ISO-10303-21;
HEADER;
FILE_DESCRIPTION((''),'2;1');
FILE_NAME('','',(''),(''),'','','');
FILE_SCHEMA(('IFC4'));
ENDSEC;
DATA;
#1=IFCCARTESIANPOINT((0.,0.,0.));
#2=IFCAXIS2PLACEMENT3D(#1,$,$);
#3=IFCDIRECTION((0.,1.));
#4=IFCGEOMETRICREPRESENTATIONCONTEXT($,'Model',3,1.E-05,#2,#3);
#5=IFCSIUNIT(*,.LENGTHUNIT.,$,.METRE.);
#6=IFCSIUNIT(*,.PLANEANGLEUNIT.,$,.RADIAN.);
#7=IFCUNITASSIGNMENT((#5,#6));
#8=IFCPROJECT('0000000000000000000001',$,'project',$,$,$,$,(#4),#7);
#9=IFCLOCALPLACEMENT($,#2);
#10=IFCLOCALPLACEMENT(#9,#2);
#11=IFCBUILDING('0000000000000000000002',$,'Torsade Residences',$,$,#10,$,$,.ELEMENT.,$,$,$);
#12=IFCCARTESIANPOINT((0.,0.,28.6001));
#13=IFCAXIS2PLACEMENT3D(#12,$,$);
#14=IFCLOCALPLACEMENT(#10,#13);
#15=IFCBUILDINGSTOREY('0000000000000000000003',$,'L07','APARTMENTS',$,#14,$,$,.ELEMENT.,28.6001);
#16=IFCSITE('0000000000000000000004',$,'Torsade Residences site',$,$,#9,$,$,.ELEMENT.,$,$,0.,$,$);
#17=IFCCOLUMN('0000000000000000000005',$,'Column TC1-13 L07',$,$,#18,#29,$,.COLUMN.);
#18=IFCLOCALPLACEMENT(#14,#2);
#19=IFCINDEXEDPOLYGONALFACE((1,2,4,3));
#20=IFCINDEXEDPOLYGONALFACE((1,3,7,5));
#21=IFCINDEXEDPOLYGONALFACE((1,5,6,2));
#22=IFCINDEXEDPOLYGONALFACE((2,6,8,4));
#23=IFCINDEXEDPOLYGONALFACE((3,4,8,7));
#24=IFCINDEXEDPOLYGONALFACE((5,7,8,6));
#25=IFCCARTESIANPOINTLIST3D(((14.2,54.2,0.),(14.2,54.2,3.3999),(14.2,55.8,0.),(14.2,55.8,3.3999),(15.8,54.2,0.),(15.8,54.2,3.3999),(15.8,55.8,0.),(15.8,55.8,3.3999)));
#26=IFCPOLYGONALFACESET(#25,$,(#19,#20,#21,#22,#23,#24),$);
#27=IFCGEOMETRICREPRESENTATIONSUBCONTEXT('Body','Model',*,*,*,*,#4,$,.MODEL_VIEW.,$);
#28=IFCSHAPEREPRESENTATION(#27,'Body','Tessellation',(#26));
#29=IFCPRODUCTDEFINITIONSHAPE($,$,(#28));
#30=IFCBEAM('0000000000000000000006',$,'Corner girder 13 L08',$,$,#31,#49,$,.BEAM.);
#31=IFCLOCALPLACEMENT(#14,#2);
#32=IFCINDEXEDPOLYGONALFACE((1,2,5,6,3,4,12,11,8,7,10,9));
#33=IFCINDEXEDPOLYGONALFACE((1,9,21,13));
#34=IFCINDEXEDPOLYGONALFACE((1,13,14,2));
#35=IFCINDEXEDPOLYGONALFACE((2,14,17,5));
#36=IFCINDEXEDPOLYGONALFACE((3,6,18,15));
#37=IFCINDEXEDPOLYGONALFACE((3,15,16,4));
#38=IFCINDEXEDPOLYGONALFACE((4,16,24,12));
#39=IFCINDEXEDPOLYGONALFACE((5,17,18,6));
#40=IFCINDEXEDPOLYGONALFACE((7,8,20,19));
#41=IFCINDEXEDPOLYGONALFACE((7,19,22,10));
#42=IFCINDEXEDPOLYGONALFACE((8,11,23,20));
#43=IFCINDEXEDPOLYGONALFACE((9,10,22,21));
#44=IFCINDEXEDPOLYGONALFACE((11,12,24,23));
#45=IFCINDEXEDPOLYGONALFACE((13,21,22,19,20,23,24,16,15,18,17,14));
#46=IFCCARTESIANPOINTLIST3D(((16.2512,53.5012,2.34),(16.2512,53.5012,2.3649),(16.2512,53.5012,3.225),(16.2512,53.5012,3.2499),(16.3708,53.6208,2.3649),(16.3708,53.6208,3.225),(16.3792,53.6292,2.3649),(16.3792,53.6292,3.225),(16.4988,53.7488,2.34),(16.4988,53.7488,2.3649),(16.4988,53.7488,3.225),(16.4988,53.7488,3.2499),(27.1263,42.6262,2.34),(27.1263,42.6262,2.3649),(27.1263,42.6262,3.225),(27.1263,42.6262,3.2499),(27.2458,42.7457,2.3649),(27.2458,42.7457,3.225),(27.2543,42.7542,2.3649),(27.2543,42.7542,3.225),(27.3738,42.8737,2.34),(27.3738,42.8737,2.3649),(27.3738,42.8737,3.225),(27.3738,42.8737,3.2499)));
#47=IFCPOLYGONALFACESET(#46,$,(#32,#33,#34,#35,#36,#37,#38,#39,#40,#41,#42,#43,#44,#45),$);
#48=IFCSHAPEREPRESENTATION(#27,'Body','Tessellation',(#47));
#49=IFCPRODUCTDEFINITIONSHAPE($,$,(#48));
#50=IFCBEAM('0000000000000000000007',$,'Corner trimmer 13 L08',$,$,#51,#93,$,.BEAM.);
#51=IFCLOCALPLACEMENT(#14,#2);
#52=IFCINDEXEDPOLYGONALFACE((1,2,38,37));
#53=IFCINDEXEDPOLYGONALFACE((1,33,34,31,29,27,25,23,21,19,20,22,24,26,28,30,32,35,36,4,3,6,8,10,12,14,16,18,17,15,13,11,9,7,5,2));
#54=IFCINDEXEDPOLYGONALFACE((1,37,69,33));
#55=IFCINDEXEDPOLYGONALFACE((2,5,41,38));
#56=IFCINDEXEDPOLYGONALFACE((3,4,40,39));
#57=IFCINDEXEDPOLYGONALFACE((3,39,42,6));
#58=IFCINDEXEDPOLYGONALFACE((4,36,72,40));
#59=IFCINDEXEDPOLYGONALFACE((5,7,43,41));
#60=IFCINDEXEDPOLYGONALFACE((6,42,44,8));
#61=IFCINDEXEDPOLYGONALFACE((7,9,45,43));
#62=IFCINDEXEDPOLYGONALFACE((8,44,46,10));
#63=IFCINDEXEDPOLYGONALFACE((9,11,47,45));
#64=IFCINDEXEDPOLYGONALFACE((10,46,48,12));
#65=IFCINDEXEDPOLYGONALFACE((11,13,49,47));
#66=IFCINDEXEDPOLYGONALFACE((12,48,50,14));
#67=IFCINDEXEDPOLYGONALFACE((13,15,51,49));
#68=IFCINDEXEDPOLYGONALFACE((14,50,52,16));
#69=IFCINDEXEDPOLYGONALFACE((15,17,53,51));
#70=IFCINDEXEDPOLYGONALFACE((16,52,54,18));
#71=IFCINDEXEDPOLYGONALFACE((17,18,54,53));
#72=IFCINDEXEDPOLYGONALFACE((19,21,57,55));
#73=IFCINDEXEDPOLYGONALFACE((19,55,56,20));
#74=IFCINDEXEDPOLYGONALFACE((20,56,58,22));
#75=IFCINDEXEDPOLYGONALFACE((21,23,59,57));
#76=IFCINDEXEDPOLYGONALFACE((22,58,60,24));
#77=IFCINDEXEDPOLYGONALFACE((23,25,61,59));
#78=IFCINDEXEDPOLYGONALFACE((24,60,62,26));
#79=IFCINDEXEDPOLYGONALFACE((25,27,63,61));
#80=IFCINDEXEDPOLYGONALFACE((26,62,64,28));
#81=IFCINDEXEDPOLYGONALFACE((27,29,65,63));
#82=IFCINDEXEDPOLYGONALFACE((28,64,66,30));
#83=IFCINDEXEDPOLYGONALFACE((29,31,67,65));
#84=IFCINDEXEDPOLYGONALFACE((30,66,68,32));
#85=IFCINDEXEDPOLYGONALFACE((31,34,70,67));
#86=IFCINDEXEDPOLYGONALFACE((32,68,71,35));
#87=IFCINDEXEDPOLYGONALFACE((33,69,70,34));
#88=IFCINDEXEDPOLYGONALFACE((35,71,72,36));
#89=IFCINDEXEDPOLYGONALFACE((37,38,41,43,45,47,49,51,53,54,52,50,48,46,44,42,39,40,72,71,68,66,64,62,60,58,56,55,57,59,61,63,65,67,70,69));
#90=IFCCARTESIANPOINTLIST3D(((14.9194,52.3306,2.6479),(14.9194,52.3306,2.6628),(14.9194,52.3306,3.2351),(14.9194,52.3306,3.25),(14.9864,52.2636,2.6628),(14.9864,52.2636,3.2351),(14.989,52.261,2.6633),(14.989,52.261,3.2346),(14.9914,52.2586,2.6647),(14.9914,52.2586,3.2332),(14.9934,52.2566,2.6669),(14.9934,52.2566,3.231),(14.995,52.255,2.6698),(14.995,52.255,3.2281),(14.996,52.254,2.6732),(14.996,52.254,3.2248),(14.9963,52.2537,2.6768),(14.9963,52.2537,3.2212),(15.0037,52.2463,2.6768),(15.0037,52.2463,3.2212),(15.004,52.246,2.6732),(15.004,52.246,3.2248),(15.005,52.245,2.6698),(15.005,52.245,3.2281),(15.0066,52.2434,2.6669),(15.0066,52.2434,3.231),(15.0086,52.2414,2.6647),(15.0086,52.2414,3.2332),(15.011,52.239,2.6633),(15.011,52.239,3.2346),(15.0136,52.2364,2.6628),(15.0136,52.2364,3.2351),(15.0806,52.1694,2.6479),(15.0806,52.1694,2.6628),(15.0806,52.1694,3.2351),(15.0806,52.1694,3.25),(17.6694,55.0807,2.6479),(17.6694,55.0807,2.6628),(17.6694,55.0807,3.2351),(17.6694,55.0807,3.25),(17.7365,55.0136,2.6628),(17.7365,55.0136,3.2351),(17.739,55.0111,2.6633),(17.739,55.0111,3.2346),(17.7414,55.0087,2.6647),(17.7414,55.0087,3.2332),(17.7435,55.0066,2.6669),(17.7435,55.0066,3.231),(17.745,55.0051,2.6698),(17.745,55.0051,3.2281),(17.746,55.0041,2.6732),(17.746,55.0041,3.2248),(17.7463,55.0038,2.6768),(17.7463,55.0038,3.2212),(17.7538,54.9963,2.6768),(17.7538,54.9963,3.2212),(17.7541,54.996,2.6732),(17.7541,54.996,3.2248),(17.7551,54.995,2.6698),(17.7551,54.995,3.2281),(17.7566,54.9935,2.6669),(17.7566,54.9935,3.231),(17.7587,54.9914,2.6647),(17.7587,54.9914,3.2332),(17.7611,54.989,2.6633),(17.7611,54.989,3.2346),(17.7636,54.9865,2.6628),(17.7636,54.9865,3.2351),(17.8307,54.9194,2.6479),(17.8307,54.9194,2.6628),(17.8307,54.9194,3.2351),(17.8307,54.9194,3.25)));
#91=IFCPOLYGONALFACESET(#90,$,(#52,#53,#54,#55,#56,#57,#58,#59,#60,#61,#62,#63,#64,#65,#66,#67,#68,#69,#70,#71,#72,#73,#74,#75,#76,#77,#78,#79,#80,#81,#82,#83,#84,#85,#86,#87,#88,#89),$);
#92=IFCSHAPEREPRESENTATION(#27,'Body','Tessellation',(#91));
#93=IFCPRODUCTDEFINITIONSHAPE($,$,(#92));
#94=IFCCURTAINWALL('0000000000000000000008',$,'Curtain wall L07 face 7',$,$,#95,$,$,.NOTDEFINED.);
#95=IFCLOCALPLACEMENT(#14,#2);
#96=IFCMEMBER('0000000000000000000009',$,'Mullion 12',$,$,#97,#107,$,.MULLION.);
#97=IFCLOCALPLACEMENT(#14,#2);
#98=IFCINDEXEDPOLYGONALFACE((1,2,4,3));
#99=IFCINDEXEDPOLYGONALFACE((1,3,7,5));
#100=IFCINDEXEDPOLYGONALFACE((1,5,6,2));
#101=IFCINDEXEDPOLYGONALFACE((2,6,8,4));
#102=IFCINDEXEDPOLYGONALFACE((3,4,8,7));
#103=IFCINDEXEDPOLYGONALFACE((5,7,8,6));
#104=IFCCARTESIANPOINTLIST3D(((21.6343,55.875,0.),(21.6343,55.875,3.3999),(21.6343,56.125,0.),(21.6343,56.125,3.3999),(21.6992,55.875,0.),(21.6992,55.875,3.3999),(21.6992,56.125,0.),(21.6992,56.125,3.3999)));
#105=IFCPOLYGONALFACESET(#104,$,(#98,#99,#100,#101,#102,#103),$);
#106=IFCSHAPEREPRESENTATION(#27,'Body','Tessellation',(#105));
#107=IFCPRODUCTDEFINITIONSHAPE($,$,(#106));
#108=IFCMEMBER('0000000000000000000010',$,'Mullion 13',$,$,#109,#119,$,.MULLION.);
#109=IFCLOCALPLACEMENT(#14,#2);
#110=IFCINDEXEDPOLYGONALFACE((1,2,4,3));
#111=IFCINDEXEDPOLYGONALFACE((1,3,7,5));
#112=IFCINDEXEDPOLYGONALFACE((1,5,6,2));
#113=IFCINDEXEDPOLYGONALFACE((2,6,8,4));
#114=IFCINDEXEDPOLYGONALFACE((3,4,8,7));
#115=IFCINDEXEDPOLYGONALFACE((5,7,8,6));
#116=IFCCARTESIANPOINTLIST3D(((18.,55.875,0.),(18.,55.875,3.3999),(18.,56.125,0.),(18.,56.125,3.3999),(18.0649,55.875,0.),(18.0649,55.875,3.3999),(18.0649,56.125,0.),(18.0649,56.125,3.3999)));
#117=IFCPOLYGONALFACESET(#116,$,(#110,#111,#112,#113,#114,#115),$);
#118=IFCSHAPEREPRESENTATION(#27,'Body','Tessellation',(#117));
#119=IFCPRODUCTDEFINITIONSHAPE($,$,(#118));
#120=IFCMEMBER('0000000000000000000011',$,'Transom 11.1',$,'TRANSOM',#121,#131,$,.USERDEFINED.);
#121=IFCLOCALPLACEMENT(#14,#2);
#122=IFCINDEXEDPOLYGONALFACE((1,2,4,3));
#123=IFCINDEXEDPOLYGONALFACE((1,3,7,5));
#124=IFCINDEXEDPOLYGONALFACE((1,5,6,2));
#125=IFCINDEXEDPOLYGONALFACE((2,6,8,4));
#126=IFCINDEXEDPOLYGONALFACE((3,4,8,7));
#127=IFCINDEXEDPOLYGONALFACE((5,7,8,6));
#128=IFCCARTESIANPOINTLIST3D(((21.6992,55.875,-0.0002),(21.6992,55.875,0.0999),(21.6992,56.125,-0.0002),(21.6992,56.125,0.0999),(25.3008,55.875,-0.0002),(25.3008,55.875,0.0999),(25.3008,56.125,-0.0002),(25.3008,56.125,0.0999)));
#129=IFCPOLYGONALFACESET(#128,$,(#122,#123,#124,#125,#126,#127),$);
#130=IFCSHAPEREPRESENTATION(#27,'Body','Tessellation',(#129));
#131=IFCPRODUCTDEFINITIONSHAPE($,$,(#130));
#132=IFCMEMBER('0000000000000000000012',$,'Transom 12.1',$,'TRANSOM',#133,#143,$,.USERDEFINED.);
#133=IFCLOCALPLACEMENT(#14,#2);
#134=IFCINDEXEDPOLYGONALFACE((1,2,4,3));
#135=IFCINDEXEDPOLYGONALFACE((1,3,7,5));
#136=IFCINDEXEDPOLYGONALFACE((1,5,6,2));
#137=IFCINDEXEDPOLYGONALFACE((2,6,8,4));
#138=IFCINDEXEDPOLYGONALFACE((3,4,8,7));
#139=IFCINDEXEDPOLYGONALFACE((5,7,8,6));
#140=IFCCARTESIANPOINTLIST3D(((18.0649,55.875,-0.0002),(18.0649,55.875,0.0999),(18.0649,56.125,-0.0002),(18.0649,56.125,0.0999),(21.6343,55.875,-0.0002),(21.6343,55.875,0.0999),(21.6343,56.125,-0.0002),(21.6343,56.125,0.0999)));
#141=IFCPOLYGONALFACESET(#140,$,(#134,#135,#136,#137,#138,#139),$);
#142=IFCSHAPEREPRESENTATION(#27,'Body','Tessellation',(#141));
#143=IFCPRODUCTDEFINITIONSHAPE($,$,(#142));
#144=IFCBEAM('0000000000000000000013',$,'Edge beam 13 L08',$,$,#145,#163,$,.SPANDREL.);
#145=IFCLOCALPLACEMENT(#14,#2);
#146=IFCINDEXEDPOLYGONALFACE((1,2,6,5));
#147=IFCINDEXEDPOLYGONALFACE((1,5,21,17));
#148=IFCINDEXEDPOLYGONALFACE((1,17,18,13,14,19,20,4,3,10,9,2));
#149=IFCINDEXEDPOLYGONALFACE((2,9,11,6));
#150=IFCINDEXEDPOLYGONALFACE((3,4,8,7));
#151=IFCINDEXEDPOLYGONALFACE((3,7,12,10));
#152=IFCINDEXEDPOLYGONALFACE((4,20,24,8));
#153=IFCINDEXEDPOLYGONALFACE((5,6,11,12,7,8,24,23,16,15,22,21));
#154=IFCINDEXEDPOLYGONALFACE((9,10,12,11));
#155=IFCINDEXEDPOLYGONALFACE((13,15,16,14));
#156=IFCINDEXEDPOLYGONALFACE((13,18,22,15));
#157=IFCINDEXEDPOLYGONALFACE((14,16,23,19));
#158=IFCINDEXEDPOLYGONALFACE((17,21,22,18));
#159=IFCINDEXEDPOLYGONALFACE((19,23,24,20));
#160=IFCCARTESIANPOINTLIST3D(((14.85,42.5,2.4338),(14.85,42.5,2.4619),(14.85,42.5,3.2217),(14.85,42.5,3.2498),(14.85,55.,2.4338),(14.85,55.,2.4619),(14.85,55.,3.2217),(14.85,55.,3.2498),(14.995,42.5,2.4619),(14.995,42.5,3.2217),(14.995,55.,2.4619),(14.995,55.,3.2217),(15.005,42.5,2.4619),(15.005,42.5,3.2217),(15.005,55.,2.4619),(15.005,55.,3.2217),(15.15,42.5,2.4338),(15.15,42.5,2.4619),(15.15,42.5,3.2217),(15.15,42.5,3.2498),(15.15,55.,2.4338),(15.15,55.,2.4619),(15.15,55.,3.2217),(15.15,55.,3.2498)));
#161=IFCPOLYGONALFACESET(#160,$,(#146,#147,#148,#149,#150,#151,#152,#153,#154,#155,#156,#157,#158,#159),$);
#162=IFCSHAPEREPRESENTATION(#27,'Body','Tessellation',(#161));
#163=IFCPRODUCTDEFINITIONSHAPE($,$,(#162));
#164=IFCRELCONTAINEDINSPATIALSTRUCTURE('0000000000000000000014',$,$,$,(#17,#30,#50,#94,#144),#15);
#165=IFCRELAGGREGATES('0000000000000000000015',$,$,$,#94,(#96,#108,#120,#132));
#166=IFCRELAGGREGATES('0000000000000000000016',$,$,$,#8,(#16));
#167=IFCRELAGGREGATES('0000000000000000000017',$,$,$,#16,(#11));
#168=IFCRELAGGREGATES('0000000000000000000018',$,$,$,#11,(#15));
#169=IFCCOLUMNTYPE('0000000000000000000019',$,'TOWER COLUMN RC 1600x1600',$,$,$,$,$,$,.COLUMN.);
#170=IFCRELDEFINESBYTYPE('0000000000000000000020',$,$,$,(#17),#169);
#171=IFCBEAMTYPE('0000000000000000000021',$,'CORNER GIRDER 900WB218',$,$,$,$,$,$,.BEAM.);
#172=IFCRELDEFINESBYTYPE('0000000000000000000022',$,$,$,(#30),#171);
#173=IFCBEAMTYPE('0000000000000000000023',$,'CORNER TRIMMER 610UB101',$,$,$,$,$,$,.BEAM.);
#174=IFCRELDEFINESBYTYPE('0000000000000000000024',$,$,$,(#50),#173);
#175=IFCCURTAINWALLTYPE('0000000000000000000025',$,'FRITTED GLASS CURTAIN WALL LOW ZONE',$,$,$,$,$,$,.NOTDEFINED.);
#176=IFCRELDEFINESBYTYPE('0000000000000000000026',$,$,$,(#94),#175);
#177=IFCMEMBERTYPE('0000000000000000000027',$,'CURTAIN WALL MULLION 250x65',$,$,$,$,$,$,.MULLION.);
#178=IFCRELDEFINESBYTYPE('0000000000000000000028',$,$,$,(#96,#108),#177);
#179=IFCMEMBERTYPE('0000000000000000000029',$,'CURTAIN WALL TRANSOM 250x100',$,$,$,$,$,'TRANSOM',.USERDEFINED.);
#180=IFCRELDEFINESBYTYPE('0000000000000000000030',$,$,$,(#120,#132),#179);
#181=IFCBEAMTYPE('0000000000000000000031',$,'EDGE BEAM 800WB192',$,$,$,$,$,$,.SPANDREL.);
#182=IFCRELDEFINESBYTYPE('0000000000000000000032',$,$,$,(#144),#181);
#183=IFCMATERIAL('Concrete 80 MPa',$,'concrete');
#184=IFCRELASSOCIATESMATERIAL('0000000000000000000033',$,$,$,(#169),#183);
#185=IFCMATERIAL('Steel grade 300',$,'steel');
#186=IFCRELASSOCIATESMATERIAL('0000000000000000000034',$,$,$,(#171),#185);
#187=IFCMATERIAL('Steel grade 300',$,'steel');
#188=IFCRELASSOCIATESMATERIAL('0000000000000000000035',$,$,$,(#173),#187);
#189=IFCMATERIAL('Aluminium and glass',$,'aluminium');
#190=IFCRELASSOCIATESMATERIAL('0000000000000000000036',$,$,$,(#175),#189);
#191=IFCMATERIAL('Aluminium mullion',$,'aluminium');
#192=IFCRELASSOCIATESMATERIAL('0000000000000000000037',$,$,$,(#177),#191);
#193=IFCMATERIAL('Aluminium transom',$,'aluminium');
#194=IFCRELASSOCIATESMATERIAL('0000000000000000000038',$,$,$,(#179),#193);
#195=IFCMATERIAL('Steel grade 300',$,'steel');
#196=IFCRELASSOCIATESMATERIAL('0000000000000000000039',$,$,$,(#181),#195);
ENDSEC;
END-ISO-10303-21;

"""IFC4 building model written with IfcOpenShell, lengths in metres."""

from ifc_helpers import new_model, si_unit, direction, frame, origin, origin_2d, place, context, subcontext, project, spatial, rectangle, i_section, extrude, material, material_profile, profile_set, type_object, element, aggregate, save


model = new_model("IFC4")

# Units and contexts
model_context = context("Model", 3, precision=1e-05, world=origin(), true_north=direction((0.0, 1.0)))
body_context = subcontext(model_context, "Body", "Model", "MODEL_VIEW")
ifc_project = project(units=[si_unit("LENGTHUNIT", "METRE"), si_unit("PLANEANGLEUNIT", "RADIAN")], contexts=[model_context])

# Site, building, storey
site_placement = place(None, origin())
site = spatial("IfcSite", under=ifc_project, at=site_placement, Name="Torsade Residences site", CompositionType="ELEMENT", RefElevation=0.0)
building_placement = place(site_placement, origin())
building = spatial("IfcBuilding", under=site, at=building_placement, Name="Torsade Residences", CompositionType="ELEMENT")
storey_placement = place(building_placement, frame((0.0, 0.0, 28.6001)))
storey = spatial("IfcBuildingStorey", under=building, at=storey_placement, Name="L07", Description="APARTMENTS", CompositionType="ELEMENT", Elevation=28.6001)

# Column
ifc_material_1 = material(Name="Concrete 80 MPa", Category="concrete")
ifc_material_profile_1 = material_profile(ifc_material_1, rectangle(XDim=1.6001, YDim=1.6001, at=origin_2d()), Name="RC 1600x1600")
ifc_profile_set_1 = profile_set([ifc_material_profile_1], Name="Concrete 80 MPa")
column_type = type_object("IfcColumnType", Name="TOWER COLUMN RC 1600x1600", PredefinedType="COLUMN", material=ifc_profile_set_1)
column_placement = place(storey_placement, frame((15.0, 55.0, 0.0), z_axis=(0.0, 0.0, 1.0), x_axis=(1.0, 0.0, 0.0)))
element("IfcColumn", 1, at=column_placement, inside=storey, type_object=column_type, Name="Column TC1-13 L07", PredefinedType="COLUMN", context=body_context, shape_type="SweptSolid", body=[
    extrude(rectangle(XDim=1.6001, YDim=1.6001, at=origin_2d()), origin(), (0.0, 0.0, 1.0), 3.3999),
])

# Beams
ifc_material_2 = material(Name="Steel grade 300", Category="steel")
ifc_material_profile_2 = material_profile(ifc_material_2, i_section(OverallWidth=0.3501, OverallDepth=0.9099, WebThickness=0.012, FlangeThickness=0.0249, at=origin_2d()), Name="900WB218")
ifc_profile_set_2 = profile_set([ifc_material_profile_2], Name="Steel grade 300")
beam_type_1 = type_object("IfcBeamType", Name="CORNER GIRDER 900WB218", PredefinedType="BEAM", material=ifc_profile_set_2)
beam_1_placement = place(storey_placement, frame((16.375, 53.625, 2.7949), z_axis=(0.707107, -0.707107, 0.0), x_axis=(0.707107, 0.707107, 0.0)))
element("IfcBeam", 2, at=beam_1_placement, inside=storey, type_object=beam_type_1, Name="Corner girder 13 L08", PredefinedType="BEAM", context=body_context, shape_type="SweptSolid", body=[
    extrude(i_section(OverallWidth=0.3501, OverallDepth=0.9099, WebThickness=0.012, FlangeThickness=0.0249, at=origin_2d()), origin(), (0.0, 0.0, 1.0), 15.3796),
])
ifc_material_3 = material(Name="Steel grade 300", Category="steel")
ifc_material_profile_3 = material_profile(ifc_material_3, i_section(OverallWidth=0.228, OverallDepth=0.6021, WebThickness=0.0105, FlangeThickness=0.0149, FilletRadius=0.0139, at=origin_2d()), Name="610UB101")
ifc_profile_set_3 = profile_set([ifc_material_profile_3], Name="Steel grade 300")
beam_type_2 = type_object("IfcBeamType", Name="CORNER TRIMMER 610UB101", PredefinedType="BEAM", material=ifc_profile_set_3)
beam_2_placement = place(storey_placement, frame((15.0, 52.25, 2.949), z_axis=(0.707107, 0.707107, 0.0), x_axis=(-0.707107, 0.707107, 0.0)))
element("IfcBeam", 3, at=beam_2_placement, inside=storey, type_object=beam_type_2, Name="Corner trimmer 13 L08", PredefinedType="BEAM", context=body_context, shape_type="SweptSolid", body=[
    extrude(i_section(OverallWidth=0.228, OverallDepth=0.6021, WebThickness=0.0105, FlangeThickness=0.0149, FilletRadius=0.0139, at=origin_2d()), origin(), (0.0, 0.0, 1.0), 3.8892),
])

# Curtain wall, members
ifc_material_4 = material(Name="Aluminium and glass", Category="aluminium")
curtain_wall_type = type_object("IfcCurtainWallType", Name="FRITTED GLASS CURTAIN WALL LOW ZONE", PredefinedType="NOTDEFINED", material=ifc_material_4)
curtain_wall_placement = place(storey_placement, origin())
curtain_wall = element("IfcCurtainWall", 4, at=curtain_wall_placement, inside=storey, type_object=curtain_wall_type, Name="Curtain wall L07 face 7", PredefinedType="NOTDEFINED")
ifc_material_5 = material(Name="Aluminium mullion", Category="aluminium")
ifc_material_profile_4 = material_profile(ifc_material_5, rectangle(XDim=0.25, YDim=0.0649, at=origin_2d()), Name="CURTAIN WALL MULLION 250x65")
ifc_profile_set_4 = profile_set([ifc_material_profile_4], Name="Aluminium mullion")
member_type_1 = type_object("IfcMemberType", Name="CURTAIN WALL MULLION 250x65", PredefinedType="MULLION", material=ifc_profile_set_4)
member_1_placement = place(storey_placement, frame((21.6667, 56.0, 0.0), z_axis=(0.0, 0.0, 1.0), x_axis=(0.0, -1.0, 0.0)))
member_1 = element("IfcMember", 5, at=member_1_placement, type_object=member_type_1, Name="Mullion 12", PredefinedType="MULLION", context=body_context, shape_type="SweptSolid", body=[
    extrude(rectangle(XDim=0.25, YDim=0.0649, at=origin_2d()), origin(), (0.0, 0.0, 1.0), 3.3999),
])
member_2_placement = place(storey_placement, frame((18.0325, 56.0, 0.0), z_axis=(0.0, 0.0, 1.0), x_axis=(0.0, -1.0, 0.0)))
member_2 = element("IfcMember", 6, at=member_2_placement, type_object=member_type_1, Name="Mullion 13", PredefinedType="MULLION", context=body_context, shape_type="SweptSolid", body=[
    extrude(rectangle(XDim=0.25, YDim=0.0649, at=origin_2d()), origin(), (0.0, 0.0, 1.0), 3.3999),
])
ifc_material_6 = material(Name="Aluminium transom", Category="aluminium")
ifc_material_profile_5 = material_profile(ifc_material_6, rectangle(XDim=0.25, YDim=0.1001, at=origin_2d()), Name="CURTAIN WALL TRANSOM 250x100")
ifc_profile_set_5 = profile_set([ifc_material_profile_5], Name="Aluminium transom")
member_type_2 = type_object("IfcMemberType", Name="CURTAIN WALL TRANSOM 250x100", ElementType="TRANSOM", PredefinedType="USERDEFINED", material=ifc_profile_set_5)
member_3_placement = place(storey_placement, frame((25.3008, 56.0, 0.0498), z_axis=(-1.0, 0.0, 0.0), x_axis=(0.0, -1.0, 0.0)))
member_3 = element("IfcMember", 7, at=member_3_placement, type_object=member_type_2, Name="Transom 11.1", ObjectType="TRANSOM", PredefinedType="USERDEFINED", context=body_context, shape_type="SweptSolid", body=[
    extrude(rectangle(XDim=0.25, YDim=0.1001, at=origin_2d()), origin(), (0.0, 0.0, 1.0), 3.6016),
])
member_4_placement = place(storey_placement, frame((21.6343, 56.0, 0.0498), z_axis=(-1.0, 0.0, 0.0), x_axis=(0.0, -1.0, 0.0)))
member_4 = element("IfcMember", 8, at=member_4_placement, type_object=member_type_2, Name="Transom 12.1", ObjectType="TRANSOM", PredefinedType="USERDEFINED", context=body_context, shape_type="SweptSolid", body=[
    extrude(rectangle(XDim=0.25, YDim=0.1001, at=origin_2d()), origin(), (0.0, 0.0, 1.0), 3.5693),
])

# Beam
ifc_material_7 = material(Name="Steel grade 300", Category="steel")
ifc_material_profile_6 = material_profile(ifc_material_7, i_section(OverallWidth=0.3, OverallDepth=0.8159, WebThickness=0.01, FlangeThickness=0.0281, at=origin_2d()), Name="800WB192")
ifc_profile_set_6 = profile_set([ifc_material_profile_6], Name="Steel grade 300")
beam_type_3 = type_object("IfcBeamType", Name="EDGE BEAM 800WB192", PredefinedType="SPANDREL", material=ifc_profile_set_6)
beam_3_placement = place(storey_placement, frame((15.0, 55.0, 2.8418), z_axis=(0.0, -1.0, 0.0), x_axis=(1.0, 0.0, 0.0)))
element("IfcBeam", 9, at=beam_3_placement, inside=storey, type_object=beam_type_3, Name="Edge beam 13 L08", PredefinedType="SPANDREL", context=body_context, shape_type="SweptSolid", body=[
    extrude(i_section(OverallWidth=0.3, OverallDepth=0.8159, WebThickness=0.01, FlangeThickness=0.0281, at=origin_2d()), origin(), (0.0, 0.0, 1.0), 12.5),
])

aggregate(curtain_wall, [member_1, member_2, member_3, member_4])

save(model, "model.ifc")
